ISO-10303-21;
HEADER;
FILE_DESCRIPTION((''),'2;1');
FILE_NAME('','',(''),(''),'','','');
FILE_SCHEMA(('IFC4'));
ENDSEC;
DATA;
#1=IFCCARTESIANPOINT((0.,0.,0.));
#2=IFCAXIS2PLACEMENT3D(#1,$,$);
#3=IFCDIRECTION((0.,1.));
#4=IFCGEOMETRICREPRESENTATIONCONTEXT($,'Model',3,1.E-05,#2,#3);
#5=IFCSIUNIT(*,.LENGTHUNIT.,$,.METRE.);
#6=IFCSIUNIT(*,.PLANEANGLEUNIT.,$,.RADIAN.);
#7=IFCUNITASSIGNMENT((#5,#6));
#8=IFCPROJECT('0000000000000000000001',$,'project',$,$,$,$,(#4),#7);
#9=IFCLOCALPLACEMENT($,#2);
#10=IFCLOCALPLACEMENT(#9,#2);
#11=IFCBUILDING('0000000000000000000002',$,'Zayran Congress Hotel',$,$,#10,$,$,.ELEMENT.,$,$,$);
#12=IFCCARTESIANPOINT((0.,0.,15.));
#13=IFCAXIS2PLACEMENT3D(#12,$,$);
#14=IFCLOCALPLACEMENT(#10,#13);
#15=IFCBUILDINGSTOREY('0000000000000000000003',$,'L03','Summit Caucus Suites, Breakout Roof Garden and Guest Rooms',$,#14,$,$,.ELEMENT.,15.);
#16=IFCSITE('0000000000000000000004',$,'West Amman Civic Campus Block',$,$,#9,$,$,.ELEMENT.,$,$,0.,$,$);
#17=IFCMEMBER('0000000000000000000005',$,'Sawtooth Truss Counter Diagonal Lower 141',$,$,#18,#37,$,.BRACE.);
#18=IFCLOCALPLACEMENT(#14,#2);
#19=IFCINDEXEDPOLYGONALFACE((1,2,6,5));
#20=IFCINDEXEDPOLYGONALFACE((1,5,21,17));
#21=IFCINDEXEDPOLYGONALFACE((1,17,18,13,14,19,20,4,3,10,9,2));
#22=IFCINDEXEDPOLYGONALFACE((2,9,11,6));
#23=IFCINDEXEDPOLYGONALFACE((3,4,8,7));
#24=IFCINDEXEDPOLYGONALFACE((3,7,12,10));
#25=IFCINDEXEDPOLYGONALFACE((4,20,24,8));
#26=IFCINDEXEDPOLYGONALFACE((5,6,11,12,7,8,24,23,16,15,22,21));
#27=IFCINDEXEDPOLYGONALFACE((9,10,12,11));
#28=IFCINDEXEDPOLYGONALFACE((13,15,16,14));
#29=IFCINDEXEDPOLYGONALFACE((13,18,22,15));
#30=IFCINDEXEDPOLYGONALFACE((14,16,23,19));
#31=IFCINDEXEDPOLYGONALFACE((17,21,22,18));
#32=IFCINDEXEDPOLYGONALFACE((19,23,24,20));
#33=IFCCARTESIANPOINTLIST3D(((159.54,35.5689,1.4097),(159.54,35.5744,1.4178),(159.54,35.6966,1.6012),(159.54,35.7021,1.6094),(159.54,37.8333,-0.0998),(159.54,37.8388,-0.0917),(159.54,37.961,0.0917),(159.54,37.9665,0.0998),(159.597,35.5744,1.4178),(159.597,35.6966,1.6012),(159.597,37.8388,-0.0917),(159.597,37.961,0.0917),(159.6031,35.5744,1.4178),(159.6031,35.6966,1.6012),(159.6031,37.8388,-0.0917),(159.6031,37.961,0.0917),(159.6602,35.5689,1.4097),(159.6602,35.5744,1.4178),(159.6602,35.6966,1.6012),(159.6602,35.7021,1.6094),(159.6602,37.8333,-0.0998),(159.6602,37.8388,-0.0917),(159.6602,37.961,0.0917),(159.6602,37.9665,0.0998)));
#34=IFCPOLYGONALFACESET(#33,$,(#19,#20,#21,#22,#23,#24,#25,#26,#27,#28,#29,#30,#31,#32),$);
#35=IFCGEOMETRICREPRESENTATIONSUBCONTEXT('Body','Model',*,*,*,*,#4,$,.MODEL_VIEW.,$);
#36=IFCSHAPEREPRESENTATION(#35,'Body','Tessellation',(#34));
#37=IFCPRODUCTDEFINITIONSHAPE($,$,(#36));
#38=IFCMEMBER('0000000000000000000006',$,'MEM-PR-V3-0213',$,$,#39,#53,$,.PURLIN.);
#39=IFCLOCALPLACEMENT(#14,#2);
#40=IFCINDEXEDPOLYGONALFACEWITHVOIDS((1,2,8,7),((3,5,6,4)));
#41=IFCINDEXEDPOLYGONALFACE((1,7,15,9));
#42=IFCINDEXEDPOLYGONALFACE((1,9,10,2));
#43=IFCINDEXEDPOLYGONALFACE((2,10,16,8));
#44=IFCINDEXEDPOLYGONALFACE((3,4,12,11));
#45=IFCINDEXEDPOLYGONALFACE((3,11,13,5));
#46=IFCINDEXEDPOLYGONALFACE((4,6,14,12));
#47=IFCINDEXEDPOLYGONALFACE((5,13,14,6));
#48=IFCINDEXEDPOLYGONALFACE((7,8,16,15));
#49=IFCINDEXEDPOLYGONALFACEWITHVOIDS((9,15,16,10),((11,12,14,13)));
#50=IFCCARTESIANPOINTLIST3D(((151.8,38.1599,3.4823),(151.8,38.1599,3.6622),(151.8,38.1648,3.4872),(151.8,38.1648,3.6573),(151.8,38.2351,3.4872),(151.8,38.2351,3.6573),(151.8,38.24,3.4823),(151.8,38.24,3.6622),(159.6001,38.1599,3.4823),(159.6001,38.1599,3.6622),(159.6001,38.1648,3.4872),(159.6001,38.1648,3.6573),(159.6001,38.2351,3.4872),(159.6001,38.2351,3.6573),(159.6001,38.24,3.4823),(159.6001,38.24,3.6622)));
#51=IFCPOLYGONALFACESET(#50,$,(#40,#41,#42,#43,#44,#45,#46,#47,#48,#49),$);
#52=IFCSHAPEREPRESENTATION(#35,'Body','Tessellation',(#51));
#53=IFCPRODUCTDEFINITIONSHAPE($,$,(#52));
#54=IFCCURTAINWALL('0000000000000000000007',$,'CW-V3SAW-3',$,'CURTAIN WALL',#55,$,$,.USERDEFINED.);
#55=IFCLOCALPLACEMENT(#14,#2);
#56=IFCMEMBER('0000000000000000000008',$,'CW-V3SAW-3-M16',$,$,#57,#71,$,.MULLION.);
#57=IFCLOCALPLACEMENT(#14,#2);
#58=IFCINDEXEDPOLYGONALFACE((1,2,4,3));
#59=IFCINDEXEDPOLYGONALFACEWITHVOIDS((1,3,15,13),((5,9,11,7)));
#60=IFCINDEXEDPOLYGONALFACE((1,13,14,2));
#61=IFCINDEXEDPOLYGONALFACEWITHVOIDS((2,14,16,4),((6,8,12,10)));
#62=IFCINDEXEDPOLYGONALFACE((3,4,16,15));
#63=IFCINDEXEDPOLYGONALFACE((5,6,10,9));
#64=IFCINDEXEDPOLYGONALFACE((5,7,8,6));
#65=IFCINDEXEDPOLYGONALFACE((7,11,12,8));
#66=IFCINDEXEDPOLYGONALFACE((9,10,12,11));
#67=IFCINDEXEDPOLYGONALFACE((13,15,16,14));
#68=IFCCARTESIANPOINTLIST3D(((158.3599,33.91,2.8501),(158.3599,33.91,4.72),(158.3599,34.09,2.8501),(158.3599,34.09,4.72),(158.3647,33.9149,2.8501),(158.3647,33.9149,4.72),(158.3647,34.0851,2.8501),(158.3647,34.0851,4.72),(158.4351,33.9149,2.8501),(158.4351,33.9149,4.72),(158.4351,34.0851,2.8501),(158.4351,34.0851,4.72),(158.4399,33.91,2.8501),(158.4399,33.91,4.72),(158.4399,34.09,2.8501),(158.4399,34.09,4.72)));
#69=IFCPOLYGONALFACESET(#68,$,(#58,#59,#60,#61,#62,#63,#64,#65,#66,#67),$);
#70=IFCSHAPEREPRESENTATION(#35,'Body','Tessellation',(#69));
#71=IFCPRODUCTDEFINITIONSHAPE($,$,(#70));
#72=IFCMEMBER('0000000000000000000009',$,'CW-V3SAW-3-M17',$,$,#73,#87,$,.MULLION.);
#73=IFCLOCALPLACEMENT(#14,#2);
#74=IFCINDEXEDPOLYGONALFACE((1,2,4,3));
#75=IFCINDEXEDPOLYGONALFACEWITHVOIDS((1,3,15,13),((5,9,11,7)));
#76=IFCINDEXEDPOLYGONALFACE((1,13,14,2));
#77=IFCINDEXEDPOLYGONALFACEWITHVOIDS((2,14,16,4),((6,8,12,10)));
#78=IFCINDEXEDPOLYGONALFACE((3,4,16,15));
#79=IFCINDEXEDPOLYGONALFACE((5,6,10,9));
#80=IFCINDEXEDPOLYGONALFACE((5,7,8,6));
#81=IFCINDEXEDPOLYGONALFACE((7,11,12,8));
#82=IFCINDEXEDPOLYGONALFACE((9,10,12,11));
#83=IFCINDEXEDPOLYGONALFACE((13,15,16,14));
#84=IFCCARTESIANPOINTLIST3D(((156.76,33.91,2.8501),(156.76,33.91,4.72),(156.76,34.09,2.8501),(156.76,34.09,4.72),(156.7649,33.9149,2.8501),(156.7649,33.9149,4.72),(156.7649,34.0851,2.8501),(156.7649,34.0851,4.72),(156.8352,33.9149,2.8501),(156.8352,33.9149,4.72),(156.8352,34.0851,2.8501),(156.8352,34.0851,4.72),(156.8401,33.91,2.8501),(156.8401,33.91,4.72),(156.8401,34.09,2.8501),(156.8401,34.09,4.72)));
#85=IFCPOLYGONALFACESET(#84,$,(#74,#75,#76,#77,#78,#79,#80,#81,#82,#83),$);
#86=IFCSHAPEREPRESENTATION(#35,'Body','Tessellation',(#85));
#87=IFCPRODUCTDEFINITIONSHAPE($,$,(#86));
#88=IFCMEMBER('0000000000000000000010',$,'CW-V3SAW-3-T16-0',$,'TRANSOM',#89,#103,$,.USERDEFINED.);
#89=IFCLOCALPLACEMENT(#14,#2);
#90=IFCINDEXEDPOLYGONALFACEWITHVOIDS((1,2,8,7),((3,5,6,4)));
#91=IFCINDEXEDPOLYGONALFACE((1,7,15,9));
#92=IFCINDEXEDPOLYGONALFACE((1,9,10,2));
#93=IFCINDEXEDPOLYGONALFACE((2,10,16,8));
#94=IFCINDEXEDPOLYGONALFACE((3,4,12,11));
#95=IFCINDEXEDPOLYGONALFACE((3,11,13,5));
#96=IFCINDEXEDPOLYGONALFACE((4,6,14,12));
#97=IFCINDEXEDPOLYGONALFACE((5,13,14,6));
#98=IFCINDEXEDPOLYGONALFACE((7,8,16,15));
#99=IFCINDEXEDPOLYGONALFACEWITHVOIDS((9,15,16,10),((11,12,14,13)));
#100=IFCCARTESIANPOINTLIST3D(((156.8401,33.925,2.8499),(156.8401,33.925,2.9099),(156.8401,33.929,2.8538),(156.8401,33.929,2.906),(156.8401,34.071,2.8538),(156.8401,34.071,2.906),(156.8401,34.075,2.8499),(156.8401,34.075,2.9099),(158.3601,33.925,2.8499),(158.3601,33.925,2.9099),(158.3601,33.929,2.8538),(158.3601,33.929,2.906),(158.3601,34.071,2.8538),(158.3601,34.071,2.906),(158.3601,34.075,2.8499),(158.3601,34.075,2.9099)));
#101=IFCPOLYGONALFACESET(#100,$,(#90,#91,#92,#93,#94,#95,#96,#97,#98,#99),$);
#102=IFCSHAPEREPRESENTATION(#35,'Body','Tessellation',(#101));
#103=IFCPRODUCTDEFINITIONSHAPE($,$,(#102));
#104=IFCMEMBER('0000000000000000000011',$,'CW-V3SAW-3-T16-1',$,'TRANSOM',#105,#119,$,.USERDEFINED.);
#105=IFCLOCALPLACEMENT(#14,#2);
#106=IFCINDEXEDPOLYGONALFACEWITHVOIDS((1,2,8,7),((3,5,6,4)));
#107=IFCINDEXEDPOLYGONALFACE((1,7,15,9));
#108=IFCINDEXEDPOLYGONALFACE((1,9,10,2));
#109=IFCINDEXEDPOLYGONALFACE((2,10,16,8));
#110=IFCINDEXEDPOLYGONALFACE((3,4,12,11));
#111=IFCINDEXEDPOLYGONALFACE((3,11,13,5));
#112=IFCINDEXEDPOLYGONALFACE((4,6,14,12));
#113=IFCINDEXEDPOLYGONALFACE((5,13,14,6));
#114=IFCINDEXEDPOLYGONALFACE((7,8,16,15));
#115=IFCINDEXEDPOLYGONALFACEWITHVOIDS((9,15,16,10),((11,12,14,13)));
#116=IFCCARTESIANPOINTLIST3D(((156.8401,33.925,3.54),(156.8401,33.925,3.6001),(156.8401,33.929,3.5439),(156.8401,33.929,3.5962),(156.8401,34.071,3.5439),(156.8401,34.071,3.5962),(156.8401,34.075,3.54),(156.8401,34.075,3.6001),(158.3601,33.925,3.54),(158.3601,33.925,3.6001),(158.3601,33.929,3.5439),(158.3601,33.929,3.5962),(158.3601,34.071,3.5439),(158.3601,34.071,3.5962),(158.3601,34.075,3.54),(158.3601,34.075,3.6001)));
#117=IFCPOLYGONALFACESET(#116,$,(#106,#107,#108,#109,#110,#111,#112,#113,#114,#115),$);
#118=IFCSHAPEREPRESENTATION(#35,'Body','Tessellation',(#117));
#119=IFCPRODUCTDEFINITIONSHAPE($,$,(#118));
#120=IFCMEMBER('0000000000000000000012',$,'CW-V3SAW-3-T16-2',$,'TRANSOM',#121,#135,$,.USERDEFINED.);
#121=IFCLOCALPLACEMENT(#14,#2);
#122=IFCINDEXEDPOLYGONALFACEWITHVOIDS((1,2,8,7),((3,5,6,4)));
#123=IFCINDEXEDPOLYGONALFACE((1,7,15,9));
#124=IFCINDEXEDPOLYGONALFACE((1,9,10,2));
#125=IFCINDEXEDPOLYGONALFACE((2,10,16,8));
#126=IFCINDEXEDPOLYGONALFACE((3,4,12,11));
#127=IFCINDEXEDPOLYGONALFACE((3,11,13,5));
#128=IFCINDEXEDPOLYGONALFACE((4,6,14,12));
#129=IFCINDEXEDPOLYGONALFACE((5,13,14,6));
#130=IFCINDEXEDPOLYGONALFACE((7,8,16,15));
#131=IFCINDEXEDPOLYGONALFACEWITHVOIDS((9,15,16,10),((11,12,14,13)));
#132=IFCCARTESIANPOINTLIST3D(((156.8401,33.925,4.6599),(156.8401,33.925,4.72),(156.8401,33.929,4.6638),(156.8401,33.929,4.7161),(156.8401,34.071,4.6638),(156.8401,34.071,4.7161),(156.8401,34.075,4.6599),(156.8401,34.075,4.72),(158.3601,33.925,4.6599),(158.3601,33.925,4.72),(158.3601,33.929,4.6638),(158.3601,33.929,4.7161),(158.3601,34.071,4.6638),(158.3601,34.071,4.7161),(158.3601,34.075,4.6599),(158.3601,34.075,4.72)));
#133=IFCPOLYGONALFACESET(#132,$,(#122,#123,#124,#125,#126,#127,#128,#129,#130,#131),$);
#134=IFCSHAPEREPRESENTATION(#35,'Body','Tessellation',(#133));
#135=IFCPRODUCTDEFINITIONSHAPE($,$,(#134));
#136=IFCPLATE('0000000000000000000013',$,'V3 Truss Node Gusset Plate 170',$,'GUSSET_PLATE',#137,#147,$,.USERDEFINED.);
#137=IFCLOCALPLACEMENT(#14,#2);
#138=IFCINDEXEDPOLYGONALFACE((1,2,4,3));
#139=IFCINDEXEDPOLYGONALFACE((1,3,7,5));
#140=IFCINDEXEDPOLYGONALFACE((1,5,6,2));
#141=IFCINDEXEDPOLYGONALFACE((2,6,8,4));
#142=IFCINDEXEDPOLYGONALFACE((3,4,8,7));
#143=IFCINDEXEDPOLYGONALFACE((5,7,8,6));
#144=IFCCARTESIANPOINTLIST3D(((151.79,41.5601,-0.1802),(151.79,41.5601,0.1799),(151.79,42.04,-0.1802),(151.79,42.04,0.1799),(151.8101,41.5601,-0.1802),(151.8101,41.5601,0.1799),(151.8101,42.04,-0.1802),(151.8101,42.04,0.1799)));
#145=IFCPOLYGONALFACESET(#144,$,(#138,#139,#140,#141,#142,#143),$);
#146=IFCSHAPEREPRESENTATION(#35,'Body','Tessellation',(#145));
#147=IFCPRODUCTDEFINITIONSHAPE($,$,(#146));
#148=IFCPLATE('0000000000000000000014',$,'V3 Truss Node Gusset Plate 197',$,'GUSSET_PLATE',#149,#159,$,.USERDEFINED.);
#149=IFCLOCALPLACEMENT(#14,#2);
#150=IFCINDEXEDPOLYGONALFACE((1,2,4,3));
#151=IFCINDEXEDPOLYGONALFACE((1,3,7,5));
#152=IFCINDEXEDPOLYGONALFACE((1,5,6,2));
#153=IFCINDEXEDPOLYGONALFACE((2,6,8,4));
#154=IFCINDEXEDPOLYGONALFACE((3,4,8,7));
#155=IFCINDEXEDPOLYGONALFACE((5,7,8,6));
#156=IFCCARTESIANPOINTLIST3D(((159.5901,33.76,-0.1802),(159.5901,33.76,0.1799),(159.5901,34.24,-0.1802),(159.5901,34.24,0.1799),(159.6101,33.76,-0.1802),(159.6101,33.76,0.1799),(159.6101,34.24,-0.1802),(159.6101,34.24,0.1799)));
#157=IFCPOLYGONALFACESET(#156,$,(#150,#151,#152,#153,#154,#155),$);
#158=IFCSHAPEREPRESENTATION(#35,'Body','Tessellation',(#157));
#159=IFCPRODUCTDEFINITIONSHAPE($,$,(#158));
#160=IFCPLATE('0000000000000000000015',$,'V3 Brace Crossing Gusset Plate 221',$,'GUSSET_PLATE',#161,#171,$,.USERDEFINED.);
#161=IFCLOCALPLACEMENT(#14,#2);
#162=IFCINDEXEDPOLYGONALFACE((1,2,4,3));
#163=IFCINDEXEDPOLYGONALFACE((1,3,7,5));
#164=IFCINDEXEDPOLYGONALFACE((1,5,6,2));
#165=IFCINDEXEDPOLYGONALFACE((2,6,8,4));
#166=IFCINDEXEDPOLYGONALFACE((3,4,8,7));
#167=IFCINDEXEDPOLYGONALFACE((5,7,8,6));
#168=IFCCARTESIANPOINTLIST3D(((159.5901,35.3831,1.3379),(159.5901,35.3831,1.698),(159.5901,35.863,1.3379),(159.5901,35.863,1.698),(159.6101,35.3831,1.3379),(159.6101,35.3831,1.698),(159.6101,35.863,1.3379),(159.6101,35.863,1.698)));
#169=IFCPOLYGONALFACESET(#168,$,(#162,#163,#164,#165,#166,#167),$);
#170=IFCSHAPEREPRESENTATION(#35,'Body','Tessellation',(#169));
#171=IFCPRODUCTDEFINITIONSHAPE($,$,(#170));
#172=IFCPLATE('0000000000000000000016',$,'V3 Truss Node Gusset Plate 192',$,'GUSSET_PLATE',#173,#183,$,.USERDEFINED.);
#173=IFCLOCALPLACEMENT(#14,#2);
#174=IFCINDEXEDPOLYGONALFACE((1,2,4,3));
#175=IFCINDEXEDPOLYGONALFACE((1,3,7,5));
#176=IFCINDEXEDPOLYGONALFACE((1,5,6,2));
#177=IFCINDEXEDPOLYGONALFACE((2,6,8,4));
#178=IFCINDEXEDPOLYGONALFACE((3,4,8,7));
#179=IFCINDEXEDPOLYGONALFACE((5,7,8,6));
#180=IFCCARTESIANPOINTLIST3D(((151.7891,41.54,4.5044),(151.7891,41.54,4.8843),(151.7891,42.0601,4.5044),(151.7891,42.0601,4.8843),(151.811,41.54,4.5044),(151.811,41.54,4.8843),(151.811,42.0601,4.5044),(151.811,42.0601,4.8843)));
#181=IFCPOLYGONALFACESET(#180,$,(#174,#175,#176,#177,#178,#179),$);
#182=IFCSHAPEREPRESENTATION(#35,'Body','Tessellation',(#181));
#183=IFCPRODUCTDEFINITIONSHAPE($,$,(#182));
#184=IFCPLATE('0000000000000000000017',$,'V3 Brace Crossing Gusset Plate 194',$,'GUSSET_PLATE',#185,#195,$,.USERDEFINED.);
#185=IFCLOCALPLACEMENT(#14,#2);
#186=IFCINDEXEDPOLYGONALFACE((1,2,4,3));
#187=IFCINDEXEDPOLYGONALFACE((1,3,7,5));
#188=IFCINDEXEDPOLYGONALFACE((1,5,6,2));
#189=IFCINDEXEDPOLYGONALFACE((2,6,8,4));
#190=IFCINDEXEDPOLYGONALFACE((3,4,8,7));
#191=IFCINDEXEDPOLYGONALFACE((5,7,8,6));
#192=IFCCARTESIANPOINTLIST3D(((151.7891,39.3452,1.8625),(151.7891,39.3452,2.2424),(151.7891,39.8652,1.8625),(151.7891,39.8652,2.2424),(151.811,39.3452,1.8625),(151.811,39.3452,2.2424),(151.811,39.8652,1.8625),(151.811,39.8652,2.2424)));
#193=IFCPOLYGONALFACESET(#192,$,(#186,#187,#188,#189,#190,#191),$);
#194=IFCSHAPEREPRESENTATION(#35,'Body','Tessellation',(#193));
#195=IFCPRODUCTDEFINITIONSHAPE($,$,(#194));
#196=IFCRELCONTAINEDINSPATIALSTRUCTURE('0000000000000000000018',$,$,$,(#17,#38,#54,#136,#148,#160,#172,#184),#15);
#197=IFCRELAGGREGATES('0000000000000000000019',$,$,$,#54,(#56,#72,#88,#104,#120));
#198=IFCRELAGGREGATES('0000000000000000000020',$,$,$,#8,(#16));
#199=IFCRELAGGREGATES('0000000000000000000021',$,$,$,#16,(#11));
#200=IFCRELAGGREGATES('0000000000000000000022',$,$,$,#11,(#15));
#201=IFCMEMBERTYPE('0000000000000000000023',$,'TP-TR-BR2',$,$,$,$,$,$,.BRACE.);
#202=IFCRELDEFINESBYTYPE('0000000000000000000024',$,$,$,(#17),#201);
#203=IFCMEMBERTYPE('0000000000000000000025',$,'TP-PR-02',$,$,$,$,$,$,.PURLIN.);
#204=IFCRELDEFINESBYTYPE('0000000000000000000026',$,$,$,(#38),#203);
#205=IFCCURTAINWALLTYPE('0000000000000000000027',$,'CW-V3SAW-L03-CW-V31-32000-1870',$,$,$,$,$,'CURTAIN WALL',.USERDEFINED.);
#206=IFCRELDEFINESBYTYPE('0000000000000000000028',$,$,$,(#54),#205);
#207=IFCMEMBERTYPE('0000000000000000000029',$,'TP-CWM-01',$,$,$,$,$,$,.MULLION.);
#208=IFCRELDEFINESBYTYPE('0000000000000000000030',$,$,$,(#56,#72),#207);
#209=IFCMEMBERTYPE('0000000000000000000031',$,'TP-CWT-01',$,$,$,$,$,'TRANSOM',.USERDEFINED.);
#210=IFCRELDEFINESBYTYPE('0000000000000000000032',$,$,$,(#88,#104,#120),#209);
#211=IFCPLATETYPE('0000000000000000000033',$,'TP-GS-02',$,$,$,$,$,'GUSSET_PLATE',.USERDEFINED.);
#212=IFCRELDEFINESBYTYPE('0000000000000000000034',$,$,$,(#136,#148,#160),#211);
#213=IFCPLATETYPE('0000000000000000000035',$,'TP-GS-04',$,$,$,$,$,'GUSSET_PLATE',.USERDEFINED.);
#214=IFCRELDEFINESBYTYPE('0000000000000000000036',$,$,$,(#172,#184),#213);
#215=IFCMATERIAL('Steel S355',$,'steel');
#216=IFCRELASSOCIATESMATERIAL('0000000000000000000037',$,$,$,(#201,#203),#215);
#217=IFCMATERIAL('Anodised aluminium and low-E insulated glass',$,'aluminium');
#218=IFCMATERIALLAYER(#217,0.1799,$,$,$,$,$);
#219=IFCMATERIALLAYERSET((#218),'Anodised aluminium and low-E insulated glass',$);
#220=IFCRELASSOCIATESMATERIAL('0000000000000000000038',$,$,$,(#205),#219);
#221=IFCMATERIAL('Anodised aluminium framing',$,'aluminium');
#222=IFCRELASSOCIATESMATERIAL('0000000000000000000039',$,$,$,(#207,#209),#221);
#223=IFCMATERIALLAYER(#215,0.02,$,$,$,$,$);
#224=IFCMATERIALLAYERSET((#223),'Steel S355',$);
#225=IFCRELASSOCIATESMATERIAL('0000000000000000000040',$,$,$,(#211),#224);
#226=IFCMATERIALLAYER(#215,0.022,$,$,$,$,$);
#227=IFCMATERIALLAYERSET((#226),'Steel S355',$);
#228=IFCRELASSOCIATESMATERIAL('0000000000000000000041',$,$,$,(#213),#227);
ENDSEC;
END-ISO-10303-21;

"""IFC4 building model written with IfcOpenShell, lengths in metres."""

from ifc_helpers import new_model, si_unit, direction, frame, origin, origin_2d, place, context, subcontext, project, spatial, rectangle, hollow_rectangle, i_section, extrude, material, layer, layer_set, material_profile, profile_set, type_object, element, aggregate, save


model = new_model("IFC4")

# Units and contexts
model_context = context("Model", 3, precision=1e-05, world=origin(), true_north=direction((0.0, 1.0)))
body_context = subcontext(model_context, "Body", "Model", "MODEL_VIEW")
ifc_project = project(units=[si_unit("LENGTHUNIT", "METRE"), si_unit("PLANEANGLEUNIT", "RADIAN")], contexts=[model_context])

# Site, building, storey
site_placement = place(None, origin())
site = spatial("IfcSite", under=ifc_project, at=site_placement, Name="West Amman Civic Campus Block", CompositionType="ELEMENT", RefElevation=0.0)
building_placement = place(site_placement, origin())
building = spatial("IfcBuilding", under=site, at=building_placement, Name="Zayran Congress Hotel", CompositionType="ELEMENT")
storey_placement = place(building_placement, frame((0.0, 0.0, 15.0)))
storey = spatial("IfcBuildingStorey", under=building, at=storey_placement, Name="L03", Description="Summit Caucus Suites, Breakout Roof Garden and Guest Rooms", CompositionType="ELEMENT", Elevation=15.0)

# Shared definitions
ifc_material_1 = material(Name="Steel S355", Category="steel")

# Members
ifc_material_profile_1 = material_profile(ifc_material_1, i_section(OverallWidth=0.1201, OverallDepth=0.24, WebThickness=0.0061, FlangeThickness=0.0098, at=origin_2d()), Name="IPE 240")
ifc_profile_set_1 = profile_set([ifc_material_profile_1], Name="Steel S355")
member_type_1 = type_object("IfcMemberType", Name="TP-TR-BR2", PredefinedType="BRACE", material=ifc_profile_set_1)
member_1_placement = place(storey_placement, frame((159.6001, 35.6355, 1.5095), z_axis=(0.0, 0.832064, -0.554679), x_axis=(-1.0, 0.0, 0.0)))
element("IfcMember", 1, at=member_1_placement, inside=storey, type_object=member_type_1, Name="Sawtooth Truss Counter Diagonal Lower 141", PredefinedType="BRACE", context=body_context, shape_type="SweptSolid", body=[
    extrude(i_section(OverallWidth=0.1201, OverallDepth=0.24, WebThickness=0.0061, FlangeThickness=0.0098, at=origin_2d()), origin(), (0.0, 0.0, 1.0), 2.7214),
])
ifc_material_profile_2 = material_profile(ifc_material_1, hollow_rectangle(XDim=0.0801, YDim=0.1799, WallThickness=0.0049, at=origin_2d()), Name="RHS 180x80x5")
ifc_profile_set_2 = profile_set([ifc_material_profile_2], Name="Steel S355")
member_type_2 = type_object("IfcMemberType", Name="TP-PR-02", PredefinedType="PURLIN", material=ifc_profile_set_2)
member_2_placement = place(storey_placement, frame((151.8, 38.2, 3.5723), z_axis=(1.0, 0.0, 0.0), x_axis=(0.0, 1.0, 0.0)))
element("IfcMember", 2, at=member_2_placement, inside=storey, type_object=member_type_2, Name="MEM-PR-V3-0213", PredefinedType="PURLIN", context=body_context, shape_type="SweptSolid", body=[
    extrude(hollow_rectangle(XDim=0.0801, YDim=0.1799, WallThickness=0.0049, at=origin_2d()), origin(), (0.0, 0.0, 1.0), 7.8),
])

# Curtain wall, members
ifc_material_2 = material(Name="Anodised aluminium and low-E insulated glass", Category="aluminium")
ifc_layer_1 = layer(ifc_material_2, 0.1799)
ifc_layer_set_1 = layer_set([ifc_layer_1], Name="Anodised aluminium and low-E insulated glass")
curtain_wall_type = type_object("IfcCurtainWallType", Name="CW-V3SAW-L03-CW-V31-32000-1870", ElementType="CURTAIN WALL", PredefinedType="USERDEFINED", material=ifc_layer_set_1)
curtain_wall_placement = place(storey_placement, origin())
curtain_wall = element("IfcCurtainWall", 3, at=curtain_wall_placement, inside=storey, type_object=curtain_wall_type, Name="CW-V3SAW-3", ObjectType="CURTAIN WALL", PredefinedType="USERDEFINED")
ifc_material_3 = material(Name="Anodised aluminium framing", Category="aluminium")
ifc_material_profile_3 = material_profile(ifc_material_3, hollow_rectangle(XDim=0.0801, YDim=0.1799, WallThickness=0.0049, at=origin_2d()), Name="RHS 180x80x5")
ifc_profile_set_3 = profile_set([ifc_material_profile_3], Name="Anodised aluminium framing")
member_type_3 = type_object("IfcMemberType", Name="TP-CWM-01", PredefinedType="MULLION", material=ifc_profile_set_3)
member_3_placement = place(storey_placement, frame((158.3999, 34.0, 2.8501), z_axis=(0.0, 0.0, 1.0), x_axis=(1.0, 0.0, 0.0)))
member_3 = element("IfcMember", 4, at=member_3_placement, type_object=member_type_3, Name="CW-V3SAW-3-M16", PredefinedType="MULLION", context=body_context, shape_type="SweptSolid", body=[
    extrude(hollow_rectangle(XDim=0.0801, YDim=0.1799, WallThickness=0.0049, at=origin_2d()), origin(), (0.0, 0.0, 1.0), 1.8699),
])
member_4_placement = place(storey_placement, frame((156.8, 34.0, 2.8501), z_axis=(0.0, 0.0, 1.0), x_axis=(1.0, 0.0, 0.0)))
member_4 = element("IfcMember", 5, at=member_4_placement, type_object=member_type_3, Name="CW-V3SAW-3-M17", PredefinedType="MULLION", context=body_context, shape_type="SweptSolid", body=[
    extrude(hollow_rectangle(XDim=0.0801, YDim=0.1799, WallThickness=0.0049, at=origin_2d()), origin(), (0.0, 0.0, 1.0), 1.8699),
])
ifc_material_profile_4 = material_profile(ifc_material_3, hollow_rectangle(XDim=0.0601, YDim=0.1499, WallThickness=0.0039, at=origin_2d()), Name="RHS 150x60x4")
ifc_profile_set_4 = profile_set([ifc_material_profile_4], Name="Anodised aluminium framing")
member_type_4 = type_object("IfcMemberType", Name="TP-CWT-01", ElementType="TRANSOM", PredefinedType="USERDEFINED", material=ifc_profile_set_4)
member_5_placement = place(storey_placement, frame((158.3601, 34.0, 2.8799), z_axis=(-1.0, 0.0, 0.0), x_axis=(0.0, 0.0, 1.0)))
member_5 = element("IfcMember", 6, at=member_5_placement, type_object=member_type_4, Name="CW-V3SAW-3-T16-0", ObjectType="TRANSOM", PredefinedType="USERDEFINED", context=body_context, shape_type="SweptSolid", body=[
    extrude(hollow_rectangle(XDim=0.0601, YDim=0.1499, WallThickness=0.0039, at=origin_2d()), origin(), (0.0, 0.0, 1.0), 1.52),
])
member_6_placement = place(storey_placement, frame((158.3601, 34.0, 3.5701), z_axis=(-1.0, 0.0, 0.0), x_axis=(0.0, 0.0, 1.0)))
member_6 = element("IfcMember", 7, at=member_6_placement, type_object=member_type_4, Name="CW-V3SAW-3-T16-1", ObjectType="TRANSOM", PredefinedType="USERDEFINED", context=body_context, shape_type="SweptSolid", body=[
    extrude(hollow_rectangle(XDim=0.0601, YDim=0.1499, WallThickness=0.0039, at=origin_2d()), origin(), (0.0, 0.0, 1.0), 1.52),
])
member_7_placement = place(storey_placement, frame((158.3601, 34.0, 4.6899), z_axis=(-1.0, 0.0, 0.0), x_axis=(0.0, 0.0, 1.0)))
member_7 = element("IfcMember", 8, at=member_7_placement, type_object=member_type_4, Name="CW-V3SAW-3-T16-2", ObjectType="TRANSOM", PredefinedType="USERDEFINED", context=body_context, shape_type="SweptSolid", body=[
    extrude(hollow_rectangle(XDim=0.0601, YDim=0.1499, WallThickness=0.0039, at=origin_2d()), origin(), (0.0, 0.0, 1.0), 1.52),
])

# Plates
ifc_layer_2 = layer(ifc_material_1, 0.02)
ifc_layer_set_2 = layer_set([ifc_layer_2], Name="Steel S355")
plate_type_1 = type_object("IfcPlateType", Name="TP-GS-02", ElementType="GUSSET_PLATE", PredefinedType="USERDEFINED", material=ifc_layer_set_2)
for number, where, z_axis, x_axis, name in (
    (9, (151.8, 41.8, -0.1802), (0.0, 0.0, 1.0), (0.0, 1.0, 0.0), "V3 Truss Node Gusset Plate 170"),
    (10, (159.6001, 34.0, -0.1802), (0.0, 0.0, 1.0), (0.0, 1.0, 0.0), "V3 Truss Node Gusset Plate 197"),
    (11, (159.6001, 35.623, 1.3379), (0.0, 0.0, 1.0), (0.0, 1.0, 0.0), "V3 Brace Crossing Gusset Plate 221"),
):
    element("IfcPlate", number, at=place(storey_placement, frame(where, z_axis=z_axis, x_axis=x_axis)), inside=storey, type_object=plate_type_1, Name=name, ObjectType="GUSSET_PLATE", PredefinedType="USERDEFINED", context=body_context, shape_type="SweptSolid", body=[
        extrude(rectangle(XDim=0.48, YDim=0.02, at=origin_2d()), origin(), (0.0, 0.0, 1.0), 0.3601),
    ])
ifc_layer_3 = layer(ifc_material_1, 0.022)
ifc_layer_set_3 = layer_set([ifc_layer_3], Name="Steel S355")
plate_type_2 = type_object("IfcPlateType", Name="TP-GS-04", ElementType="GUSSET_PLATE", PredefinedType="USERDEFINED", material=ifc_layer_set_3)
for number, where, z_axis, x_axis, name in (
    (12, (151.8, 41.8, 4.5044), (0.0, 0.0, 1.0), (0.0, 1.0, 0.0), "V3 Truss Node Gusset Plate 192"),
    (13, (151.8, 39.6052, 1.8625), (0.0, 0.0, 1.0), (0.0, 1.0, 0.0), "V3 Brace Crossing Gusset Plate 194"),
):
    element("IfcPlate", number, at=place(storey_placement, frame(where, z_axis=z_axis, x_axis=x_axis)), inside=storey, type_object=plate_type_2, Name=name, ObjectType="GUSSET_PLATE", PredefinedType="USERDEFINED", context=body_context, shape_type="SweptSolid", body=[
        extrude(rectangle(XDim=0.52, YDim=0.022, at=origin_2d()), origin(), (0.0, 0.0, 1.0), 0.3799),
    ])

aggregate(curtain_wall, [member_3, member_4, member_5, member_6, member_7])

save(model, "model.ifc")
